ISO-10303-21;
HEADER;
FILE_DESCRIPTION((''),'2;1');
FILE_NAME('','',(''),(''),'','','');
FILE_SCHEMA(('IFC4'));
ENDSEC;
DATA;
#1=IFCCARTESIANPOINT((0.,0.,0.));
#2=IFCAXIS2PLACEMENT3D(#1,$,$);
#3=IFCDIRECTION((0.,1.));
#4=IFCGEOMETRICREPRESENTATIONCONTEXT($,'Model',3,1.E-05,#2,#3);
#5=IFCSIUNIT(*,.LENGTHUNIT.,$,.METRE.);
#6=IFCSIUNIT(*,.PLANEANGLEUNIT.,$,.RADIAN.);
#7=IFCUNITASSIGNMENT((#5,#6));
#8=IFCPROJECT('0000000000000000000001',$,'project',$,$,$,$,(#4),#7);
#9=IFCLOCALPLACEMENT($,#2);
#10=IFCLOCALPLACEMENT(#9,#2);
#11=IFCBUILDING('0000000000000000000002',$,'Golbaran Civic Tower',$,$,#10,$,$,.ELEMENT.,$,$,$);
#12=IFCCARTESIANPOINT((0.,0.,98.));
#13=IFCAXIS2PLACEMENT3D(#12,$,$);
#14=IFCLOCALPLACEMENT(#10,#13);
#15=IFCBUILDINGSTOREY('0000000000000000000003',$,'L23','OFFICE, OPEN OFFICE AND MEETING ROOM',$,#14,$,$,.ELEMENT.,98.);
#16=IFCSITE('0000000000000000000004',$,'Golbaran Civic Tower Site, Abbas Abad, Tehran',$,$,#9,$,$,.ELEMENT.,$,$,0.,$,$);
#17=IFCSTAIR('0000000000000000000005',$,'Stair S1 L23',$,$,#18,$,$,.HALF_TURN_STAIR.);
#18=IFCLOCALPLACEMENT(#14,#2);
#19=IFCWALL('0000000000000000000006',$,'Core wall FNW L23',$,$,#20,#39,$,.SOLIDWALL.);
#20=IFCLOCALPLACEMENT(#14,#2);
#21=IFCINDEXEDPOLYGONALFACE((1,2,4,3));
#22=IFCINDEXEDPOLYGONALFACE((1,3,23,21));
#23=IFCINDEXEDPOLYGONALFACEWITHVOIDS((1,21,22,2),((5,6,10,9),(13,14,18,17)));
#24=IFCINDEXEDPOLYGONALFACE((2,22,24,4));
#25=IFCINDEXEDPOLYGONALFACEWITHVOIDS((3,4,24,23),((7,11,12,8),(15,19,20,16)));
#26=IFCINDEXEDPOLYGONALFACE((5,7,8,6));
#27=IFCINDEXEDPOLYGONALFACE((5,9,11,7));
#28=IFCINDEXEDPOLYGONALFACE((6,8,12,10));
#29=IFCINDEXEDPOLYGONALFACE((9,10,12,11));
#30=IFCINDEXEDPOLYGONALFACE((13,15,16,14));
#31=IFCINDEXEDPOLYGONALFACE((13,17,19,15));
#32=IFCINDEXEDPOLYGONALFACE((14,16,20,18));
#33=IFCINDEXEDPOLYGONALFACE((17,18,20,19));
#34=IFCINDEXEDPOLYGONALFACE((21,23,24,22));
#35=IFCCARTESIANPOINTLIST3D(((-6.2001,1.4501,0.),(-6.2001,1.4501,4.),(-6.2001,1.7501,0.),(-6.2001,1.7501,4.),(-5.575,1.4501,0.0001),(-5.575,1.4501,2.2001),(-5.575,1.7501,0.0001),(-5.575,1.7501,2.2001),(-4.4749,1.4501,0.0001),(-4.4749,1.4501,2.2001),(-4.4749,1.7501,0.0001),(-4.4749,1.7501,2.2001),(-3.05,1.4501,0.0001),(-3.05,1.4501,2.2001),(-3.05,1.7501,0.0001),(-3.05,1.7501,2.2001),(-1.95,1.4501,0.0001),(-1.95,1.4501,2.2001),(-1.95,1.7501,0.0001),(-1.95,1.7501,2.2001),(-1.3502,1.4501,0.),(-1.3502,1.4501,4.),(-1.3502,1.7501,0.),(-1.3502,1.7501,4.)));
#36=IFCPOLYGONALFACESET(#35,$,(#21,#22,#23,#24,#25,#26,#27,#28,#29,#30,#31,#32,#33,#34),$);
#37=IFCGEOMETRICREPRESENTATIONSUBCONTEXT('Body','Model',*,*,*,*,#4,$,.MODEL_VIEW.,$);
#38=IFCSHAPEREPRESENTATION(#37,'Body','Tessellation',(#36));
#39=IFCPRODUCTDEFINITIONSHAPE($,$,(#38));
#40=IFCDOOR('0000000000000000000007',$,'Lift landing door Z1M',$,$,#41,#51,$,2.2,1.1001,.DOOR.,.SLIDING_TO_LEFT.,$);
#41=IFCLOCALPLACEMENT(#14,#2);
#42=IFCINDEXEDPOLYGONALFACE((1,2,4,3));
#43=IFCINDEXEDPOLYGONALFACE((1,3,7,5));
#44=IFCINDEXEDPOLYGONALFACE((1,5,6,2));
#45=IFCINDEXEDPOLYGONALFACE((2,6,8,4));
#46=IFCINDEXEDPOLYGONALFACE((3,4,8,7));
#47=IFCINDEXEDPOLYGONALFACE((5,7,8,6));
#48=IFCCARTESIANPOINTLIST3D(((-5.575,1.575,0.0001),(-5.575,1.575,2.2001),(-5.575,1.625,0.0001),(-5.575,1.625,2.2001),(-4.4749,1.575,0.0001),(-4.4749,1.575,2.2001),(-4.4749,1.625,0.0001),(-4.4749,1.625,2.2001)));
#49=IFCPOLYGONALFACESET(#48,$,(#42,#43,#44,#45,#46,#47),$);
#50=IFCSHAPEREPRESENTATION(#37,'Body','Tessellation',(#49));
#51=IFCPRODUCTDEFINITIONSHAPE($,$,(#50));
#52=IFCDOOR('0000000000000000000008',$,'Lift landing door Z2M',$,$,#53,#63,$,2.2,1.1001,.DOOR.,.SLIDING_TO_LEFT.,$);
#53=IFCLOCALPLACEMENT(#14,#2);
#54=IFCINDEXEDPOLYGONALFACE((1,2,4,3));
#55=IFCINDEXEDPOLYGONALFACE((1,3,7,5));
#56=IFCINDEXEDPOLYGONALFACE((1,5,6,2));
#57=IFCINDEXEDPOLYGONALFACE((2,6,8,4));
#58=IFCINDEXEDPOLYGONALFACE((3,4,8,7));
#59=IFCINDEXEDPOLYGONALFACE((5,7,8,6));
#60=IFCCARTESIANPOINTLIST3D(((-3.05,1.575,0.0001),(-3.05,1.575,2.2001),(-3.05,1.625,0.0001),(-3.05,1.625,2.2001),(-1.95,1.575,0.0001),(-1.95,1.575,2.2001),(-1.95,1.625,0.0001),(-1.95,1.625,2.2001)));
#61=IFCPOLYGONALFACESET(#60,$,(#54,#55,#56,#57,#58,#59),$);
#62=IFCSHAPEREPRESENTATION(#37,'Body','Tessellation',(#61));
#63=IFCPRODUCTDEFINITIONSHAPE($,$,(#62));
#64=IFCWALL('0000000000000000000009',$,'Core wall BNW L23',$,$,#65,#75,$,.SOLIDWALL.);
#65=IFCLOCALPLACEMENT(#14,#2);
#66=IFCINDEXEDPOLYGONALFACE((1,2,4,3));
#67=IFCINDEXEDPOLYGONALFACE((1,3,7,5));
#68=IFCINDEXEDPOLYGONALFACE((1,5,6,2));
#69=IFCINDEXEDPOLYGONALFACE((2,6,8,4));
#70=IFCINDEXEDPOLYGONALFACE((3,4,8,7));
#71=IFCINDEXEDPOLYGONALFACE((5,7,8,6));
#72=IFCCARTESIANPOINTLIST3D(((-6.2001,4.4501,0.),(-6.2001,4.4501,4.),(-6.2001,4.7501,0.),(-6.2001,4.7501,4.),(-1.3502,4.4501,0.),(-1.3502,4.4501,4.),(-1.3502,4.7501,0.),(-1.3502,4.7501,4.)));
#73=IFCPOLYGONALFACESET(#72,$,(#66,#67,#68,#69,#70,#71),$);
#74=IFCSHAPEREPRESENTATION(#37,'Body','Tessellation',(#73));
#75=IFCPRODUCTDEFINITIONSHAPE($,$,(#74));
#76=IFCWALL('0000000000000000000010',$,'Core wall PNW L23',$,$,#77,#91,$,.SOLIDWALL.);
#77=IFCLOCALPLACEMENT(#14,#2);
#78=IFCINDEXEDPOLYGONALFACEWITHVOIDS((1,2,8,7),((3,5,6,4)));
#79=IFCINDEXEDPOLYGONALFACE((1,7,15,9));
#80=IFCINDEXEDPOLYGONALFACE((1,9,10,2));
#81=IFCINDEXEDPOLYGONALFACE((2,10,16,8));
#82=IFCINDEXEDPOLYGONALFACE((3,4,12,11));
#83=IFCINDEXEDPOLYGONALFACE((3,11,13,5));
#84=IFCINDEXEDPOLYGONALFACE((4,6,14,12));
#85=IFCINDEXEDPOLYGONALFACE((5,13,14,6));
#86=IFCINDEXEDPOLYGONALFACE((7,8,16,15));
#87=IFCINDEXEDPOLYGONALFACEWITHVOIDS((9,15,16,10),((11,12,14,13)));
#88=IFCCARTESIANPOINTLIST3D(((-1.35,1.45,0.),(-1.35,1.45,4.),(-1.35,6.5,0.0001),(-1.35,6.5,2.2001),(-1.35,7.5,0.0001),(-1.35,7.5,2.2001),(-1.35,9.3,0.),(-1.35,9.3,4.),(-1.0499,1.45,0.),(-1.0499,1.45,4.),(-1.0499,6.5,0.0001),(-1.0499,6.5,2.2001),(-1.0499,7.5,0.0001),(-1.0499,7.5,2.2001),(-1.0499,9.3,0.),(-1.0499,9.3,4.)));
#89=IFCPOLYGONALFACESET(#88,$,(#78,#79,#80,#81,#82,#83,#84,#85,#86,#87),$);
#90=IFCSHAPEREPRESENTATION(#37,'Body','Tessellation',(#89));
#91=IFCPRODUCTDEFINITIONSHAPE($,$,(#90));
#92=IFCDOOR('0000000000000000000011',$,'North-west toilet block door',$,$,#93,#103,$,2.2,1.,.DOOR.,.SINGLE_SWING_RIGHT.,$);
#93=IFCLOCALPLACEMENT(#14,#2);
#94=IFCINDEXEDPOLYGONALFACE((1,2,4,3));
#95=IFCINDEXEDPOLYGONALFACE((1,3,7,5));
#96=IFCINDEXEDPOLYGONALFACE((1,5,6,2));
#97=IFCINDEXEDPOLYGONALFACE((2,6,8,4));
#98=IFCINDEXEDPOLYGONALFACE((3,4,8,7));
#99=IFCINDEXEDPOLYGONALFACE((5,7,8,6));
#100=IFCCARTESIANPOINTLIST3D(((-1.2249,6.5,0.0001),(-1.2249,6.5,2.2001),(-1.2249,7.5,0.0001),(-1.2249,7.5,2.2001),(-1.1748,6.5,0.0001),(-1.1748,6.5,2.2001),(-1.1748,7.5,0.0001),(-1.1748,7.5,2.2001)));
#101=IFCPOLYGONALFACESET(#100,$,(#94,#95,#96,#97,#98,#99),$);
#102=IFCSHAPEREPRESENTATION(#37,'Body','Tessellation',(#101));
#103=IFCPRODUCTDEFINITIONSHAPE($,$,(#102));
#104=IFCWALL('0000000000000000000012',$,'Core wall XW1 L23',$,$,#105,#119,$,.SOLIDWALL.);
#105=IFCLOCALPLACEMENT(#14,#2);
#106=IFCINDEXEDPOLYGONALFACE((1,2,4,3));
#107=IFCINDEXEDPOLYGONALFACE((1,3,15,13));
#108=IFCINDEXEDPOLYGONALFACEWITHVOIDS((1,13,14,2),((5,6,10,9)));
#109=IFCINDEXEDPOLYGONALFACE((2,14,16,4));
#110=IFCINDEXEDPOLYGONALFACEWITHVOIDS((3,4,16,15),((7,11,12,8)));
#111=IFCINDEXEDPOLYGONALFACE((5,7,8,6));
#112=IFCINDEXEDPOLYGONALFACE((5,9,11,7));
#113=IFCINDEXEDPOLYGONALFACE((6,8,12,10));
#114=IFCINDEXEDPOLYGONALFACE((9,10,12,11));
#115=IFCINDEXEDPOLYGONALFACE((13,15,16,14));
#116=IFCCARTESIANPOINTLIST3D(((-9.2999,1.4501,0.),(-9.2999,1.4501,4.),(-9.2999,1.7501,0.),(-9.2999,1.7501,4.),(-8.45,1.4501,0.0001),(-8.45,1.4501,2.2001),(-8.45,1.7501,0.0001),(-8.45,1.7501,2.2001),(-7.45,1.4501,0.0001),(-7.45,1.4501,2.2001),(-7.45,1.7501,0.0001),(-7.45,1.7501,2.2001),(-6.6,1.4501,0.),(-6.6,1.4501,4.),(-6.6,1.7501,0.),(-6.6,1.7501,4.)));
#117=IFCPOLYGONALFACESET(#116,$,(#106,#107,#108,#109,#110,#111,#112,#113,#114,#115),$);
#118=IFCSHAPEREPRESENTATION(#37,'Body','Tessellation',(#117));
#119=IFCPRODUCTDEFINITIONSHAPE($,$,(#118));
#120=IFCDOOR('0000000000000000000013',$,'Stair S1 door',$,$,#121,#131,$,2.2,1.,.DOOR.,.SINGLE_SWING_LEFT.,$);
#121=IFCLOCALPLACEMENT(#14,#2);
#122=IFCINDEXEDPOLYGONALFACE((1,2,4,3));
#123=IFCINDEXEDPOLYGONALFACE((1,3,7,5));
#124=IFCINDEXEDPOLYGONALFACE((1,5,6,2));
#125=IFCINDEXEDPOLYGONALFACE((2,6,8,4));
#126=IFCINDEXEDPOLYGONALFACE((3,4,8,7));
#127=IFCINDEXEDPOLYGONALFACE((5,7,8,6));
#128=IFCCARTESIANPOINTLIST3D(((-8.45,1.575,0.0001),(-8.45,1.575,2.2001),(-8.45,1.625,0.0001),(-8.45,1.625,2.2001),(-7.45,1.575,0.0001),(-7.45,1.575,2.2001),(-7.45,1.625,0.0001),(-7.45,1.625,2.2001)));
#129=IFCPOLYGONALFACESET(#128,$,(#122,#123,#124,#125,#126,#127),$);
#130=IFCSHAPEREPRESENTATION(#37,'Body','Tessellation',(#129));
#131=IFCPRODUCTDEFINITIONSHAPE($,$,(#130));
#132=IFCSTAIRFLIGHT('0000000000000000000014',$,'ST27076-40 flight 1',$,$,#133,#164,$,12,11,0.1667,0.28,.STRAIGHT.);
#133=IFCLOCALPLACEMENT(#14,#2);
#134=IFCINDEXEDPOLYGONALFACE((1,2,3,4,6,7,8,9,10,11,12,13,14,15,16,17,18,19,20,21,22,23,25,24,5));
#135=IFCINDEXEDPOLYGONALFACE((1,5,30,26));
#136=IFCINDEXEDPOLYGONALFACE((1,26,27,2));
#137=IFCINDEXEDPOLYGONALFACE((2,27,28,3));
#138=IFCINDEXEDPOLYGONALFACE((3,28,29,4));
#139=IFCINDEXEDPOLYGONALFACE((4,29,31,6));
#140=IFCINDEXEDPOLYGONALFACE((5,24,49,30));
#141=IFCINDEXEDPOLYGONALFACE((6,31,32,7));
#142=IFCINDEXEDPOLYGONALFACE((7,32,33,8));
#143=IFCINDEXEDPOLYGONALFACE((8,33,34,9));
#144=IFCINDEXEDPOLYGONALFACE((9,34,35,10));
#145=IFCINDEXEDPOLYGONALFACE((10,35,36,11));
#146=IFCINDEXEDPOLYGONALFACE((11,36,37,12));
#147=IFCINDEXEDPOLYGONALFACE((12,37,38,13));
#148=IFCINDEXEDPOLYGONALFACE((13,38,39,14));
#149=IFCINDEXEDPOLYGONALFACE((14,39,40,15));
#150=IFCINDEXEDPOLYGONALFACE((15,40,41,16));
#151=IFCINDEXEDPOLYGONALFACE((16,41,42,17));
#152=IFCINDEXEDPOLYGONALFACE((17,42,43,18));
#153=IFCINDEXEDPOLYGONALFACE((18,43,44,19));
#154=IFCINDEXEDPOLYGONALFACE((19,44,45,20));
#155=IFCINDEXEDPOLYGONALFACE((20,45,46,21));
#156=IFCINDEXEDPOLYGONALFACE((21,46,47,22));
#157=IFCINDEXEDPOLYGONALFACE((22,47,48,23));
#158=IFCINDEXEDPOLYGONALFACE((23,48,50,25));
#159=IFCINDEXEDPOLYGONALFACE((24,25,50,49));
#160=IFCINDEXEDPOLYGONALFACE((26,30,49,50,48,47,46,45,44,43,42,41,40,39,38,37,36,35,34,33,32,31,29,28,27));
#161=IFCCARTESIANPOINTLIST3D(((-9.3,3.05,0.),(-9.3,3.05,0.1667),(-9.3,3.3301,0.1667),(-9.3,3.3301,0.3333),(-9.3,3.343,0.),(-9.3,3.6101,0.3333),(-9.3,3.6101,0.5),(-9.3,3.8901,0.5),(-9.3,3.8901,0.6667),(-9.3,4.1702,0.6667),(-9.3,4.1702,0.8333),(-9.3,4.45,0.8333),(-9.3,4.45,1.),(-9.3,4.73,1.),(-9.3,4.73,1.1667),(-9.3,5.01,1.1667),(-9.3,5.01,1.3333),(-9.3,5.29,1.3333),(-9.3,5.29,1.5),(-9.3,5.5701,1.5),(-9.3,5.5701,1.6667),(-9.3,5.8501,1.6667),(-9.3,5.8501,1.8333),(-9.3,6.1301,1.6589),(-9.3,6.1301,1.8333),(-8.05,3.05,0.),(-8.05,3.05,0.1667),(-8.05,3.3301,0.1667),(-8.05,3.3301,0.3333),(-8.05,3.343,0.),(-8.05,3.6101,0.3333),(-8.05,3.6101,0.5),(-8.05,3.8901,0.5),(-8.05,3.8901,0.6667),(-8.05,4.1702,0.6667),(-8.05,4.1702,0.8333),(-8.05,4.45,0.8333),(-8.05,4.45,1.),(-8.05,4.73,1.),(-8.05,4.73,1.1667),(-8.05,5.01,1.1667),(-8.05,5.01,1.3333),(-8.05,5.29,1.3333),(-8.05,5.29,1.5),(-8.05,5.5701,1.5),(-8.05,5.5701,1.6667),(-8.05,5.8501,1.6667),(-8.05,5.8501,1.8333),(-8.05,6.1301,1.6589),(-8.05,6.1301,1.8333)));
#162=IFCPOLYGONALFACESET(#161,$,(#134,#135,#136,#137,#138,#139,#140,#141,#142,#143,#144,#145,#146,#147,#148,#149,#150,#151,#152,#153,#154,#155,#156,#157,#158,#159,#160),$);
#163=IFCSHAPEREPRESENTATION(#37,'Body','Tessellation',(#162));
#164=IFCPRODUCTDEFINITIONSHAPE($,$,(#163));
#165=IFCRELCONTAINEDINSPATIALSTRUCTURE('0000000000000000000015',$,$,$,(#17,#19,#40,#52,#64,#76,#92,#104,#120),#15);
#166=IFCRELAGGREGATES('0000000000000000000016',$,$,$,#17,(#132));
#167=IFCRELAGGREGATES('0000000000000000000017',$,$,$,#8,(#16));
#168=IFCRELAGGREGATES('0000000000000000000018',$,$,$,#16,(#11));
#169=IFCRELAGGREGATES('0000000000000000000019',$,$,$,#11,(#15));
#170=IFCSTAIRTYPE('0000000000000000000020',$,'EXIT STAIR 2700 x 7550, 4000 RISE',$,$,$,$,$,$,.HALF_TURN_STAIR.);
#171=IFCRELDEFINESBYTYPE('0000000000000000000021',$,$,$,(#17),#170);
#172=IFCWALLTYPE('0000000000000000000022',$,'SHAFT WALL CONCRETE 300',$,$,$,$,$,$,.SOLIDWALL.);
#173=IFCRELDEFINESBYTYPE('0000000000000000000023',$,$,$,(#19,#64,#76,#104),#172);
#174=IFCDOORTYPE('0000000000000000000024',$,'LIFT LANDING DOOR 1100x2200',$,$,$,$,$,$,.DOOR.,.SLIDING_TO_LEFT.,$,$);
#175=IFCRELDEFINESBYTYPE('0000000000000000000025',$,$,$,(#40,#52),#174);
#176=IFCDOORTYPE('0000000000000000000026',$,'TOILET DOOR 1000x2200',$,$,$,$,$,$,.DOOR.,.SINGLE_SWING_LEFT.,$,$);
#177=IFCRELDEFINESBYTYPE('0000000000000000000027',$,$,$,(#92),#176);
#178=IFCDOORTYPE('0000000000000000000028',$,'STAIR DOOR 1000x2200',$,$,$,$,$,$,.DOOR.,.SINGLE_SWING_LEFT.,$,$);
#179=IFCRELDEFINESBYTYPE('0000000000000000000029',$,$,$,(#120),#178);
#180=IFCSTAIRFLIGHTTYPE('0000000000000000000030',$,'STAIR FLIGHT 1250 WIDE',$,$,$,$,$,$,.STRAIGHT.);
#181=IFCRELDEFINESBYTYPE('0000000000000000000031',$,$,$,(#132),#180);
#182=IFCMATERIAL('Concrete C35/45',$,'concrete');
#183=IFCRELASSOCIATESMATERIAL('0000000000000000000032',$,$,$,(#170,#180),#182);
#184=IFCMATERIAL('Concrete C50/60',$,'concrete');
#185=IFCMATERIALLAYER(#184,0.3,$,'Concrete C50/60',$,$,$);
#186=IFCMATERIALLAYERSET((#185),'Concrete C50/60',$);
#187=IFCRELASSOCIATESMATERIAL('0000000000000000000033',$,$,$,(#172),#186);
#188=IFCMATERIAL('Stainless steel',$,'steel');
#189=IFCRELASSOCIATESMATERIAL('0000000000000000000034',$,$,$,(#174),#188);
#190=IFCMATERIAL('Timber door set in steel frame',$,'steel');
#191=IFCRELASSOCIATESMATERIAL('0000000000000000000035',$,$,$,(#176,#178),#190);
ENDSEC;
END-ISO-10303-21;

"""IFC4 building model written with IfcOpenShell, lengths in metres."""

from ifc_helpers import new_model, si_unit, direction, frame, frame_2d, origin, place, context, subcontext, project, spatial, polyline, rectangle, outline, extrude, material, layer, layer_set, type_object, element, fill, aggregate, save


model = new_model("IFC4")

# Units and contexts
model_context = context("Model", 3, precision=1e-05, world=origin(), true_north=direction((0.0, 1.0)))
body_context = subcontext(model_context, "Body", "Model", "MODEL_VIEW")
ifc_project = project(units=[si_unit("LENGTHUNIT", "METRE"), si_unit("PLANEANGLEUNIT", "RADIAN")], contexts=[model_context])

# Site, building, storey
site_placement = place(None, origin())
site = spatial("IfcSite", under=ifc_project, at=site_placement, Name="Golbaran Civic Tower Site, Abbas Abad, Tehran", CompositionType="ELEMENT", RefElevation=0.0)
building_placement = place(site_placement, origin())
building = spatial("IfcBuilding", under=site, at=building_placement, Name="Golbaran Civic Tower", CompositionType="ELEMENT")
storey_placement = place(building_placement, frame((0.0, 0.0, 98.0)))
storey = spatial("IfcBuildingStorey", under=building, at=storey_placement, Name="L23", Description="OFFICE, OPEN OFFICE AND MEETING ROOM", CompositionType="ELEMENT", Elevation=98.0)

# Shared definitions
ifc_material_1 = material(Name="Concrete C35/45", Category="concrete")

# Stair
stair_type = type_object("IfcStairType", Name="EXIT STAIR 2700 x 7550, 4000 RISE", PredefinedType="HALF_TURN_STAIR", material=ifc_material_1)
stair_placement = place(storey_placement, origin())
stair = element("IfcStair", 1, at=stair_placement, inside=storey, type_object=stair_type, Name="Stair S1 L23", PredefinedType="HALF_TURN_STAIR")

# Shared definitions
ifc_material_2 = material(Name="Concrete C50/60", Category="concrete")

# Wall, openings, doors
ifc_layer_1 = layer(ifc_material_2, 0.3, Name="Concrete C50/60")
ifc_layer_set_1 = layer_set([ifc_layer_1], Name="Concrete C50/60")
wall_type_1 = type_object("IfcWallType", Name="SHAFT WALL CONCRETE 300", PredefinedType="SOLIDWALL", material=ifc_layer_set_1)
wall_1_placement = place(storey_placement, frame((-6.2, 1.6001, 0.0), z_axis=(0.0, 0.0, 1.0), x_axis=(1.0, 0.0, 0.0)))
wall_1 = element("IfcWall", 2, at=wall_1_placement, inside=storey, type_object=wall_type_1, Name="Core wall FNW L23", PredefinedType="SOLIDWALL", context=body_context, shape_type="SweptSolid", body=[
    extrude(rectangle(XDim=4.8499, YDim=0.3, at=frame_2d((2.4248, 0.0))), origin(), (0.0, 0.0, 1.0), 4.0),
])
opening_1_placement = place(wall_1_placement, frame((0.625, 0.0, 0.0)))
opening_1 = element("IfcOpeningElement", 3, at=opening_1_placement, cuts=wall_1, PredefinedType="OPENING", context=body_context, shape_type="SweptSolid", body=[
    extrude(rectangle(XDim=1.1001, YDim=2.2, at=frame_2d((0.55, 1.1001))), frame((0.0, 0.1599, 0.0), z_axis=(0.0, -1.0, 0.0), x_axis=(1.0, 0.0, 0.0)), (0.0, 0.0, 1.0), 0.3201),
])
opening_2_placement = place(wall_1_placement, frame((3.1499, 0.0, 0.0)))
opening_2 = element("IfcOpeningElement", 4, at=opening_2_placement, cuts=wall_1, PredefinedType="OPENING", context=body_context, shape_type="SweptSolid", body=[
    extrude(rectangle(XDim=1.1001, YDim=2.2, at=frame_2d((0.55, 1.1001))), frame((0.0, 0.1599, 0.0), z_axis=(0.0, -1.0, 0.0), x_axis=(1.0, 0.0, 0.0)), (0.0, 0.0, 1.0), 0.3201),
])
ifc_material_3 = material(Name="Stainless steel", Category="steel")
door_type_1 = type_object("IfcDoorType", Name="LIFT LANDING DOOR 1100x2200", OperationType="SLIDING_TO_LEFT", PredefinedType="DOOR", material=ifc_material_3)
door_1_placement = place(opening_1_placement, origin())
door_1 = element("IfcDoor", 5, at=door_1_placement, inside=storey, type_object=door_type_1, Name="Lift landing door Z1M", OperationType="SLIDING_TO_LEFT", OverallHeight=2.2, OverallWidth=1.1001, PredefinedType="DOOR", context=body_context, shape_type="SweptSolid", body=[
    extrude(rectangle(XDim=1.1001, YDim=2.2, at=frame_2d((0.55, 1.1001))), frame((0.0, 0.0249, 0.0), z_axis=(0.0, -1.0, 0.0), x_axis=(1.0, 0.0, 0.0)), (0.0, 0.0, 1.0), 0.05),
])
fill(opening_1, door_1)
door_2_placement = place(opening_2_placement, origin())
door_2 = element("IfcDoor", 6, at=door_2_placement, inside=storey, type_object=door_type_1, Name="Lift landing door Z2M", OperationType="SLIDING_TO_LEFT", OverallHeight=2.2, OverallWidth=1.1001, PredefinedType="DOOR", context=body_context, shape_type="SweptSolid", body=[
    extrude(rectangle(XDim=1.1001, YDim=2.2, at=frame_2d((0.55, 1.1001))), frame((0.0, 0.0249, 0.0), z_axis=(0.0, -1.0, 0.0), x_axis=(1.0, 0.0, 0.0)), (0.0, 0.0, 1.0), 0.05),
])
fill(opening_2, door_2)

# Wall
wall_2_placement = place(storey_placement, frame((-6.2, 4.6001, 0.0), z_axis=(0.0, 0.0, 1.0), x_axis=(1.0, 0.0, 0.0)))
element("IfcWall", 7, at=wall_2_placement, inside=storey, type_object=wall_type_1, Name="Core wall BNW L23", PredefinedType="SOLIDWALL", context=body_context, shape_type="SweptSolid", body=[
    extrude(rectangle(XDim=4.8499, YDim=0.3, at=frame_2d((2.4248, 0.0))), origin(), (0.0, 0.0, 1.0), 4.0),
])

# Walls, openings, doors
wall_3_placement = place(storey_placement, frame((-1.2, 1.45, 0.0), z_axis=(0.0, 0.0, 1.0), x_axis=(0.0, 1.0, 0.0)))
wall_3 = element("IfcWall", 8, at=wall_3_placement, inside=storey, type_object=wall_type_1, Name="Core wall PNW L23", PredefinedType="SOLIDWALL", context=body_context, shape_type="SweptSolid", body=[
    extrude(rectangle(XDim=7.8501, YDim=0.3, at=frame_2d((3.925, 0.0))), origin(), (0.0, 0.0, 1.0), 4.0),
])
opening_3_placement = place(wall_3_placement, frame((5.05, 0.0, 0.0)))
opening_3 = element("IfcOpeningElement", 9, at=opening_3_placement, cuts=wall_3, PredefinedType="OPENING", context=body_context, shape_type="SweptSolid", body=[
    extrude(rectangle(XDim=1.0, YDim=2.2, at=frame_2d((0.5, 1.1001))), frame((0.0, 0.1599, 0.0), z_axis=(0.0, -1.0, 0.0), x_axis=(1.0, 0.0, 0.0)), (0.0, 0.0, 1.0), 0.3201),
])
ifc_material_4 = material(Name="Timber door set in steel frame", Category="steel")
door_type_2 = type_object("IfcDoorType", Name="TOILET DOOR 1000x2200", OperationType="SINGLE_SWING_LEFT", PredefinedType="DOOR", material=ifc_material_4)
door_3_placement = place(opening_3_placement, origin())
door_3 = element("IfcDoor", 10, at=door_3_placement, inside=storey, type_object=door_type_2, Name="North-west toilet block door", OperationType="SINGLE_SWING_RIGHT", OverallHeight=2.2, OverallWidth=1.0, PredefinedType="DOOR", context=body_context, shape_type="SweptSolid", body=[
    extrude(rectangle(XDim=1.0, YDim=2.2, at=frame_2d((0.5, 1.1001))), frame((0.0, 0.0249, 0.0), z_axis=(0.0, -1.0, 0.0), x_axis=(1.0, 0.0, 0.0)), (0.0, 0.0, 1.0), 0.05),
])
fill(opening_3, door_3)
wall_4_placement = place(storey_placement, frame((-9.3, 1.6001, 0.0), z_axis=(0.0, 0.0, 1.0), x_axis=(1.0, 0.0, 0.0)))
wall_4 = element("IfcWall", 11, at=wall_4_placement, inside=storey, type_object=wall_type_1, Name="Core wall XW1 L23", PredefinedType="SOLIDWALL", context=body_context, shape_type="SweptSolid", body=[
    extrude(rectangle(XDim=2.7, YDim=0.3, at=frame_2d((1.3501, 0.0))), origin(), (0.0, 0.0, 1.0), 4.0),
])
opening_4_placement = place(wall_4_placement, frame((0.8501, 0.0, 0.0)))
opening_4 = element("IfcOpeningElement", 12, at=opening_4_placement, cuts=wall_4, PredefinedType="OPENING", context=body_context, shape_type="SweptSolid", body=[
    extrude(rectangle(XDim=1.0, YDim=2.2, at=frame_2d((0.5, 1.1001))), frame((0.0, 0.1599, 0.0), z_axis=(0.0, -1.0, 0.0), x_axis=(1.0, 0.0, 0.0)), (0.0, 0.0, 1.0), 0.3201),
])
door_type_3 = type_object("IfcDoorType", Name="STAIR DOOR 1000x2200", OperationType="SINGLE_SWING_LEFT", PredefinedType="DOOR", material=ifc_material_4)
door_4_placement = place(opening_4_placement, origin())
door_4 = element("IfcDoor", 13, at=door_4_placement, inside=storey, type_object=door_type_3, Name="Stair S1 door", OperationType="SINGLE_SWING_LEFT", OverallHeight=2.2, OverallWidth=1.0, PredefinedType="DOOR", context=body_context, shape_type="SweptSolid", body=[
    extrude(rectangle(XDim=1.0, YDim=2.2, at=frame_2d((0.5, 1.1001))), frame((0.0, 0.0249, 0.0), z_axis=(0.0, -1.0, 0.0), x_axis=(1.0, 0.0, 0.0)), (0.0, 0.0, 1.0), 0.05),
])
fill(opening_4, door_4)

# Stair flight
stair_flight_type = type_object("IfcStairFlightType", Name="STAIR FLIGHT 1250 WIDE", PredefinedType="STRAIGHT", material=ifc_material_1)
stair_flight_1_placement = place(storey_placement, frame((-8.675, 3.05, 0.0), z_axis=(0.0, 0.0, 1.0), x_axis=(0.0, 1.0, 0.0)))
stair_flight_1 = element("IfcStairFlight", 14, at=stair_flight_1_placement, type_object=stair_flight_type, Name="ST27076-40 flight 1", NumberOfRisers=12, NumberOfTreads=11, PredefinedType="STRAIGHT", RiserHeight=0.1667, TreadLength=0.28, context=body_context, shape_type="SweptSolid", body=[
    extrude(outline(polyline([(0.0, 0.0), (0.0, 0.1667), (0.28, 0.1667), (0.28, 0.3333), (0.5601, 0.3333), (0.5601, 0.5), (0.8401, 0.5), (0.8401, 0.6667), (1.1201, 0.6667), (1.1201, 0.8333), (1.3999, 0.8333), (1.3999, 1.0), (1.6799, 1.0), (1.6799, 1.1667), (1.96, 1.1667), (1.96, 1.3333), (2.24, 1.3333), (2.24, 1.5), (2.52, 1.5), (2.52, 1.6667), (2.8, 1.6667), (2.8, 1.8333), (3.0801, 1.8333), (3.0801, 2.0), (3.0801, 1.6589), (0.293, 0.0), (0.0, 0.0)])), frame((0.0, 0.625, 0.0), z_axis=(0.0, -1.0, 0.0), x_axis=(1.0, 0.0, 0.0)), (0.0, 0.0, 1.0), 1.25),
])
aggregate(stair, [stair_flight_1])

save(model, "model.ifc")
